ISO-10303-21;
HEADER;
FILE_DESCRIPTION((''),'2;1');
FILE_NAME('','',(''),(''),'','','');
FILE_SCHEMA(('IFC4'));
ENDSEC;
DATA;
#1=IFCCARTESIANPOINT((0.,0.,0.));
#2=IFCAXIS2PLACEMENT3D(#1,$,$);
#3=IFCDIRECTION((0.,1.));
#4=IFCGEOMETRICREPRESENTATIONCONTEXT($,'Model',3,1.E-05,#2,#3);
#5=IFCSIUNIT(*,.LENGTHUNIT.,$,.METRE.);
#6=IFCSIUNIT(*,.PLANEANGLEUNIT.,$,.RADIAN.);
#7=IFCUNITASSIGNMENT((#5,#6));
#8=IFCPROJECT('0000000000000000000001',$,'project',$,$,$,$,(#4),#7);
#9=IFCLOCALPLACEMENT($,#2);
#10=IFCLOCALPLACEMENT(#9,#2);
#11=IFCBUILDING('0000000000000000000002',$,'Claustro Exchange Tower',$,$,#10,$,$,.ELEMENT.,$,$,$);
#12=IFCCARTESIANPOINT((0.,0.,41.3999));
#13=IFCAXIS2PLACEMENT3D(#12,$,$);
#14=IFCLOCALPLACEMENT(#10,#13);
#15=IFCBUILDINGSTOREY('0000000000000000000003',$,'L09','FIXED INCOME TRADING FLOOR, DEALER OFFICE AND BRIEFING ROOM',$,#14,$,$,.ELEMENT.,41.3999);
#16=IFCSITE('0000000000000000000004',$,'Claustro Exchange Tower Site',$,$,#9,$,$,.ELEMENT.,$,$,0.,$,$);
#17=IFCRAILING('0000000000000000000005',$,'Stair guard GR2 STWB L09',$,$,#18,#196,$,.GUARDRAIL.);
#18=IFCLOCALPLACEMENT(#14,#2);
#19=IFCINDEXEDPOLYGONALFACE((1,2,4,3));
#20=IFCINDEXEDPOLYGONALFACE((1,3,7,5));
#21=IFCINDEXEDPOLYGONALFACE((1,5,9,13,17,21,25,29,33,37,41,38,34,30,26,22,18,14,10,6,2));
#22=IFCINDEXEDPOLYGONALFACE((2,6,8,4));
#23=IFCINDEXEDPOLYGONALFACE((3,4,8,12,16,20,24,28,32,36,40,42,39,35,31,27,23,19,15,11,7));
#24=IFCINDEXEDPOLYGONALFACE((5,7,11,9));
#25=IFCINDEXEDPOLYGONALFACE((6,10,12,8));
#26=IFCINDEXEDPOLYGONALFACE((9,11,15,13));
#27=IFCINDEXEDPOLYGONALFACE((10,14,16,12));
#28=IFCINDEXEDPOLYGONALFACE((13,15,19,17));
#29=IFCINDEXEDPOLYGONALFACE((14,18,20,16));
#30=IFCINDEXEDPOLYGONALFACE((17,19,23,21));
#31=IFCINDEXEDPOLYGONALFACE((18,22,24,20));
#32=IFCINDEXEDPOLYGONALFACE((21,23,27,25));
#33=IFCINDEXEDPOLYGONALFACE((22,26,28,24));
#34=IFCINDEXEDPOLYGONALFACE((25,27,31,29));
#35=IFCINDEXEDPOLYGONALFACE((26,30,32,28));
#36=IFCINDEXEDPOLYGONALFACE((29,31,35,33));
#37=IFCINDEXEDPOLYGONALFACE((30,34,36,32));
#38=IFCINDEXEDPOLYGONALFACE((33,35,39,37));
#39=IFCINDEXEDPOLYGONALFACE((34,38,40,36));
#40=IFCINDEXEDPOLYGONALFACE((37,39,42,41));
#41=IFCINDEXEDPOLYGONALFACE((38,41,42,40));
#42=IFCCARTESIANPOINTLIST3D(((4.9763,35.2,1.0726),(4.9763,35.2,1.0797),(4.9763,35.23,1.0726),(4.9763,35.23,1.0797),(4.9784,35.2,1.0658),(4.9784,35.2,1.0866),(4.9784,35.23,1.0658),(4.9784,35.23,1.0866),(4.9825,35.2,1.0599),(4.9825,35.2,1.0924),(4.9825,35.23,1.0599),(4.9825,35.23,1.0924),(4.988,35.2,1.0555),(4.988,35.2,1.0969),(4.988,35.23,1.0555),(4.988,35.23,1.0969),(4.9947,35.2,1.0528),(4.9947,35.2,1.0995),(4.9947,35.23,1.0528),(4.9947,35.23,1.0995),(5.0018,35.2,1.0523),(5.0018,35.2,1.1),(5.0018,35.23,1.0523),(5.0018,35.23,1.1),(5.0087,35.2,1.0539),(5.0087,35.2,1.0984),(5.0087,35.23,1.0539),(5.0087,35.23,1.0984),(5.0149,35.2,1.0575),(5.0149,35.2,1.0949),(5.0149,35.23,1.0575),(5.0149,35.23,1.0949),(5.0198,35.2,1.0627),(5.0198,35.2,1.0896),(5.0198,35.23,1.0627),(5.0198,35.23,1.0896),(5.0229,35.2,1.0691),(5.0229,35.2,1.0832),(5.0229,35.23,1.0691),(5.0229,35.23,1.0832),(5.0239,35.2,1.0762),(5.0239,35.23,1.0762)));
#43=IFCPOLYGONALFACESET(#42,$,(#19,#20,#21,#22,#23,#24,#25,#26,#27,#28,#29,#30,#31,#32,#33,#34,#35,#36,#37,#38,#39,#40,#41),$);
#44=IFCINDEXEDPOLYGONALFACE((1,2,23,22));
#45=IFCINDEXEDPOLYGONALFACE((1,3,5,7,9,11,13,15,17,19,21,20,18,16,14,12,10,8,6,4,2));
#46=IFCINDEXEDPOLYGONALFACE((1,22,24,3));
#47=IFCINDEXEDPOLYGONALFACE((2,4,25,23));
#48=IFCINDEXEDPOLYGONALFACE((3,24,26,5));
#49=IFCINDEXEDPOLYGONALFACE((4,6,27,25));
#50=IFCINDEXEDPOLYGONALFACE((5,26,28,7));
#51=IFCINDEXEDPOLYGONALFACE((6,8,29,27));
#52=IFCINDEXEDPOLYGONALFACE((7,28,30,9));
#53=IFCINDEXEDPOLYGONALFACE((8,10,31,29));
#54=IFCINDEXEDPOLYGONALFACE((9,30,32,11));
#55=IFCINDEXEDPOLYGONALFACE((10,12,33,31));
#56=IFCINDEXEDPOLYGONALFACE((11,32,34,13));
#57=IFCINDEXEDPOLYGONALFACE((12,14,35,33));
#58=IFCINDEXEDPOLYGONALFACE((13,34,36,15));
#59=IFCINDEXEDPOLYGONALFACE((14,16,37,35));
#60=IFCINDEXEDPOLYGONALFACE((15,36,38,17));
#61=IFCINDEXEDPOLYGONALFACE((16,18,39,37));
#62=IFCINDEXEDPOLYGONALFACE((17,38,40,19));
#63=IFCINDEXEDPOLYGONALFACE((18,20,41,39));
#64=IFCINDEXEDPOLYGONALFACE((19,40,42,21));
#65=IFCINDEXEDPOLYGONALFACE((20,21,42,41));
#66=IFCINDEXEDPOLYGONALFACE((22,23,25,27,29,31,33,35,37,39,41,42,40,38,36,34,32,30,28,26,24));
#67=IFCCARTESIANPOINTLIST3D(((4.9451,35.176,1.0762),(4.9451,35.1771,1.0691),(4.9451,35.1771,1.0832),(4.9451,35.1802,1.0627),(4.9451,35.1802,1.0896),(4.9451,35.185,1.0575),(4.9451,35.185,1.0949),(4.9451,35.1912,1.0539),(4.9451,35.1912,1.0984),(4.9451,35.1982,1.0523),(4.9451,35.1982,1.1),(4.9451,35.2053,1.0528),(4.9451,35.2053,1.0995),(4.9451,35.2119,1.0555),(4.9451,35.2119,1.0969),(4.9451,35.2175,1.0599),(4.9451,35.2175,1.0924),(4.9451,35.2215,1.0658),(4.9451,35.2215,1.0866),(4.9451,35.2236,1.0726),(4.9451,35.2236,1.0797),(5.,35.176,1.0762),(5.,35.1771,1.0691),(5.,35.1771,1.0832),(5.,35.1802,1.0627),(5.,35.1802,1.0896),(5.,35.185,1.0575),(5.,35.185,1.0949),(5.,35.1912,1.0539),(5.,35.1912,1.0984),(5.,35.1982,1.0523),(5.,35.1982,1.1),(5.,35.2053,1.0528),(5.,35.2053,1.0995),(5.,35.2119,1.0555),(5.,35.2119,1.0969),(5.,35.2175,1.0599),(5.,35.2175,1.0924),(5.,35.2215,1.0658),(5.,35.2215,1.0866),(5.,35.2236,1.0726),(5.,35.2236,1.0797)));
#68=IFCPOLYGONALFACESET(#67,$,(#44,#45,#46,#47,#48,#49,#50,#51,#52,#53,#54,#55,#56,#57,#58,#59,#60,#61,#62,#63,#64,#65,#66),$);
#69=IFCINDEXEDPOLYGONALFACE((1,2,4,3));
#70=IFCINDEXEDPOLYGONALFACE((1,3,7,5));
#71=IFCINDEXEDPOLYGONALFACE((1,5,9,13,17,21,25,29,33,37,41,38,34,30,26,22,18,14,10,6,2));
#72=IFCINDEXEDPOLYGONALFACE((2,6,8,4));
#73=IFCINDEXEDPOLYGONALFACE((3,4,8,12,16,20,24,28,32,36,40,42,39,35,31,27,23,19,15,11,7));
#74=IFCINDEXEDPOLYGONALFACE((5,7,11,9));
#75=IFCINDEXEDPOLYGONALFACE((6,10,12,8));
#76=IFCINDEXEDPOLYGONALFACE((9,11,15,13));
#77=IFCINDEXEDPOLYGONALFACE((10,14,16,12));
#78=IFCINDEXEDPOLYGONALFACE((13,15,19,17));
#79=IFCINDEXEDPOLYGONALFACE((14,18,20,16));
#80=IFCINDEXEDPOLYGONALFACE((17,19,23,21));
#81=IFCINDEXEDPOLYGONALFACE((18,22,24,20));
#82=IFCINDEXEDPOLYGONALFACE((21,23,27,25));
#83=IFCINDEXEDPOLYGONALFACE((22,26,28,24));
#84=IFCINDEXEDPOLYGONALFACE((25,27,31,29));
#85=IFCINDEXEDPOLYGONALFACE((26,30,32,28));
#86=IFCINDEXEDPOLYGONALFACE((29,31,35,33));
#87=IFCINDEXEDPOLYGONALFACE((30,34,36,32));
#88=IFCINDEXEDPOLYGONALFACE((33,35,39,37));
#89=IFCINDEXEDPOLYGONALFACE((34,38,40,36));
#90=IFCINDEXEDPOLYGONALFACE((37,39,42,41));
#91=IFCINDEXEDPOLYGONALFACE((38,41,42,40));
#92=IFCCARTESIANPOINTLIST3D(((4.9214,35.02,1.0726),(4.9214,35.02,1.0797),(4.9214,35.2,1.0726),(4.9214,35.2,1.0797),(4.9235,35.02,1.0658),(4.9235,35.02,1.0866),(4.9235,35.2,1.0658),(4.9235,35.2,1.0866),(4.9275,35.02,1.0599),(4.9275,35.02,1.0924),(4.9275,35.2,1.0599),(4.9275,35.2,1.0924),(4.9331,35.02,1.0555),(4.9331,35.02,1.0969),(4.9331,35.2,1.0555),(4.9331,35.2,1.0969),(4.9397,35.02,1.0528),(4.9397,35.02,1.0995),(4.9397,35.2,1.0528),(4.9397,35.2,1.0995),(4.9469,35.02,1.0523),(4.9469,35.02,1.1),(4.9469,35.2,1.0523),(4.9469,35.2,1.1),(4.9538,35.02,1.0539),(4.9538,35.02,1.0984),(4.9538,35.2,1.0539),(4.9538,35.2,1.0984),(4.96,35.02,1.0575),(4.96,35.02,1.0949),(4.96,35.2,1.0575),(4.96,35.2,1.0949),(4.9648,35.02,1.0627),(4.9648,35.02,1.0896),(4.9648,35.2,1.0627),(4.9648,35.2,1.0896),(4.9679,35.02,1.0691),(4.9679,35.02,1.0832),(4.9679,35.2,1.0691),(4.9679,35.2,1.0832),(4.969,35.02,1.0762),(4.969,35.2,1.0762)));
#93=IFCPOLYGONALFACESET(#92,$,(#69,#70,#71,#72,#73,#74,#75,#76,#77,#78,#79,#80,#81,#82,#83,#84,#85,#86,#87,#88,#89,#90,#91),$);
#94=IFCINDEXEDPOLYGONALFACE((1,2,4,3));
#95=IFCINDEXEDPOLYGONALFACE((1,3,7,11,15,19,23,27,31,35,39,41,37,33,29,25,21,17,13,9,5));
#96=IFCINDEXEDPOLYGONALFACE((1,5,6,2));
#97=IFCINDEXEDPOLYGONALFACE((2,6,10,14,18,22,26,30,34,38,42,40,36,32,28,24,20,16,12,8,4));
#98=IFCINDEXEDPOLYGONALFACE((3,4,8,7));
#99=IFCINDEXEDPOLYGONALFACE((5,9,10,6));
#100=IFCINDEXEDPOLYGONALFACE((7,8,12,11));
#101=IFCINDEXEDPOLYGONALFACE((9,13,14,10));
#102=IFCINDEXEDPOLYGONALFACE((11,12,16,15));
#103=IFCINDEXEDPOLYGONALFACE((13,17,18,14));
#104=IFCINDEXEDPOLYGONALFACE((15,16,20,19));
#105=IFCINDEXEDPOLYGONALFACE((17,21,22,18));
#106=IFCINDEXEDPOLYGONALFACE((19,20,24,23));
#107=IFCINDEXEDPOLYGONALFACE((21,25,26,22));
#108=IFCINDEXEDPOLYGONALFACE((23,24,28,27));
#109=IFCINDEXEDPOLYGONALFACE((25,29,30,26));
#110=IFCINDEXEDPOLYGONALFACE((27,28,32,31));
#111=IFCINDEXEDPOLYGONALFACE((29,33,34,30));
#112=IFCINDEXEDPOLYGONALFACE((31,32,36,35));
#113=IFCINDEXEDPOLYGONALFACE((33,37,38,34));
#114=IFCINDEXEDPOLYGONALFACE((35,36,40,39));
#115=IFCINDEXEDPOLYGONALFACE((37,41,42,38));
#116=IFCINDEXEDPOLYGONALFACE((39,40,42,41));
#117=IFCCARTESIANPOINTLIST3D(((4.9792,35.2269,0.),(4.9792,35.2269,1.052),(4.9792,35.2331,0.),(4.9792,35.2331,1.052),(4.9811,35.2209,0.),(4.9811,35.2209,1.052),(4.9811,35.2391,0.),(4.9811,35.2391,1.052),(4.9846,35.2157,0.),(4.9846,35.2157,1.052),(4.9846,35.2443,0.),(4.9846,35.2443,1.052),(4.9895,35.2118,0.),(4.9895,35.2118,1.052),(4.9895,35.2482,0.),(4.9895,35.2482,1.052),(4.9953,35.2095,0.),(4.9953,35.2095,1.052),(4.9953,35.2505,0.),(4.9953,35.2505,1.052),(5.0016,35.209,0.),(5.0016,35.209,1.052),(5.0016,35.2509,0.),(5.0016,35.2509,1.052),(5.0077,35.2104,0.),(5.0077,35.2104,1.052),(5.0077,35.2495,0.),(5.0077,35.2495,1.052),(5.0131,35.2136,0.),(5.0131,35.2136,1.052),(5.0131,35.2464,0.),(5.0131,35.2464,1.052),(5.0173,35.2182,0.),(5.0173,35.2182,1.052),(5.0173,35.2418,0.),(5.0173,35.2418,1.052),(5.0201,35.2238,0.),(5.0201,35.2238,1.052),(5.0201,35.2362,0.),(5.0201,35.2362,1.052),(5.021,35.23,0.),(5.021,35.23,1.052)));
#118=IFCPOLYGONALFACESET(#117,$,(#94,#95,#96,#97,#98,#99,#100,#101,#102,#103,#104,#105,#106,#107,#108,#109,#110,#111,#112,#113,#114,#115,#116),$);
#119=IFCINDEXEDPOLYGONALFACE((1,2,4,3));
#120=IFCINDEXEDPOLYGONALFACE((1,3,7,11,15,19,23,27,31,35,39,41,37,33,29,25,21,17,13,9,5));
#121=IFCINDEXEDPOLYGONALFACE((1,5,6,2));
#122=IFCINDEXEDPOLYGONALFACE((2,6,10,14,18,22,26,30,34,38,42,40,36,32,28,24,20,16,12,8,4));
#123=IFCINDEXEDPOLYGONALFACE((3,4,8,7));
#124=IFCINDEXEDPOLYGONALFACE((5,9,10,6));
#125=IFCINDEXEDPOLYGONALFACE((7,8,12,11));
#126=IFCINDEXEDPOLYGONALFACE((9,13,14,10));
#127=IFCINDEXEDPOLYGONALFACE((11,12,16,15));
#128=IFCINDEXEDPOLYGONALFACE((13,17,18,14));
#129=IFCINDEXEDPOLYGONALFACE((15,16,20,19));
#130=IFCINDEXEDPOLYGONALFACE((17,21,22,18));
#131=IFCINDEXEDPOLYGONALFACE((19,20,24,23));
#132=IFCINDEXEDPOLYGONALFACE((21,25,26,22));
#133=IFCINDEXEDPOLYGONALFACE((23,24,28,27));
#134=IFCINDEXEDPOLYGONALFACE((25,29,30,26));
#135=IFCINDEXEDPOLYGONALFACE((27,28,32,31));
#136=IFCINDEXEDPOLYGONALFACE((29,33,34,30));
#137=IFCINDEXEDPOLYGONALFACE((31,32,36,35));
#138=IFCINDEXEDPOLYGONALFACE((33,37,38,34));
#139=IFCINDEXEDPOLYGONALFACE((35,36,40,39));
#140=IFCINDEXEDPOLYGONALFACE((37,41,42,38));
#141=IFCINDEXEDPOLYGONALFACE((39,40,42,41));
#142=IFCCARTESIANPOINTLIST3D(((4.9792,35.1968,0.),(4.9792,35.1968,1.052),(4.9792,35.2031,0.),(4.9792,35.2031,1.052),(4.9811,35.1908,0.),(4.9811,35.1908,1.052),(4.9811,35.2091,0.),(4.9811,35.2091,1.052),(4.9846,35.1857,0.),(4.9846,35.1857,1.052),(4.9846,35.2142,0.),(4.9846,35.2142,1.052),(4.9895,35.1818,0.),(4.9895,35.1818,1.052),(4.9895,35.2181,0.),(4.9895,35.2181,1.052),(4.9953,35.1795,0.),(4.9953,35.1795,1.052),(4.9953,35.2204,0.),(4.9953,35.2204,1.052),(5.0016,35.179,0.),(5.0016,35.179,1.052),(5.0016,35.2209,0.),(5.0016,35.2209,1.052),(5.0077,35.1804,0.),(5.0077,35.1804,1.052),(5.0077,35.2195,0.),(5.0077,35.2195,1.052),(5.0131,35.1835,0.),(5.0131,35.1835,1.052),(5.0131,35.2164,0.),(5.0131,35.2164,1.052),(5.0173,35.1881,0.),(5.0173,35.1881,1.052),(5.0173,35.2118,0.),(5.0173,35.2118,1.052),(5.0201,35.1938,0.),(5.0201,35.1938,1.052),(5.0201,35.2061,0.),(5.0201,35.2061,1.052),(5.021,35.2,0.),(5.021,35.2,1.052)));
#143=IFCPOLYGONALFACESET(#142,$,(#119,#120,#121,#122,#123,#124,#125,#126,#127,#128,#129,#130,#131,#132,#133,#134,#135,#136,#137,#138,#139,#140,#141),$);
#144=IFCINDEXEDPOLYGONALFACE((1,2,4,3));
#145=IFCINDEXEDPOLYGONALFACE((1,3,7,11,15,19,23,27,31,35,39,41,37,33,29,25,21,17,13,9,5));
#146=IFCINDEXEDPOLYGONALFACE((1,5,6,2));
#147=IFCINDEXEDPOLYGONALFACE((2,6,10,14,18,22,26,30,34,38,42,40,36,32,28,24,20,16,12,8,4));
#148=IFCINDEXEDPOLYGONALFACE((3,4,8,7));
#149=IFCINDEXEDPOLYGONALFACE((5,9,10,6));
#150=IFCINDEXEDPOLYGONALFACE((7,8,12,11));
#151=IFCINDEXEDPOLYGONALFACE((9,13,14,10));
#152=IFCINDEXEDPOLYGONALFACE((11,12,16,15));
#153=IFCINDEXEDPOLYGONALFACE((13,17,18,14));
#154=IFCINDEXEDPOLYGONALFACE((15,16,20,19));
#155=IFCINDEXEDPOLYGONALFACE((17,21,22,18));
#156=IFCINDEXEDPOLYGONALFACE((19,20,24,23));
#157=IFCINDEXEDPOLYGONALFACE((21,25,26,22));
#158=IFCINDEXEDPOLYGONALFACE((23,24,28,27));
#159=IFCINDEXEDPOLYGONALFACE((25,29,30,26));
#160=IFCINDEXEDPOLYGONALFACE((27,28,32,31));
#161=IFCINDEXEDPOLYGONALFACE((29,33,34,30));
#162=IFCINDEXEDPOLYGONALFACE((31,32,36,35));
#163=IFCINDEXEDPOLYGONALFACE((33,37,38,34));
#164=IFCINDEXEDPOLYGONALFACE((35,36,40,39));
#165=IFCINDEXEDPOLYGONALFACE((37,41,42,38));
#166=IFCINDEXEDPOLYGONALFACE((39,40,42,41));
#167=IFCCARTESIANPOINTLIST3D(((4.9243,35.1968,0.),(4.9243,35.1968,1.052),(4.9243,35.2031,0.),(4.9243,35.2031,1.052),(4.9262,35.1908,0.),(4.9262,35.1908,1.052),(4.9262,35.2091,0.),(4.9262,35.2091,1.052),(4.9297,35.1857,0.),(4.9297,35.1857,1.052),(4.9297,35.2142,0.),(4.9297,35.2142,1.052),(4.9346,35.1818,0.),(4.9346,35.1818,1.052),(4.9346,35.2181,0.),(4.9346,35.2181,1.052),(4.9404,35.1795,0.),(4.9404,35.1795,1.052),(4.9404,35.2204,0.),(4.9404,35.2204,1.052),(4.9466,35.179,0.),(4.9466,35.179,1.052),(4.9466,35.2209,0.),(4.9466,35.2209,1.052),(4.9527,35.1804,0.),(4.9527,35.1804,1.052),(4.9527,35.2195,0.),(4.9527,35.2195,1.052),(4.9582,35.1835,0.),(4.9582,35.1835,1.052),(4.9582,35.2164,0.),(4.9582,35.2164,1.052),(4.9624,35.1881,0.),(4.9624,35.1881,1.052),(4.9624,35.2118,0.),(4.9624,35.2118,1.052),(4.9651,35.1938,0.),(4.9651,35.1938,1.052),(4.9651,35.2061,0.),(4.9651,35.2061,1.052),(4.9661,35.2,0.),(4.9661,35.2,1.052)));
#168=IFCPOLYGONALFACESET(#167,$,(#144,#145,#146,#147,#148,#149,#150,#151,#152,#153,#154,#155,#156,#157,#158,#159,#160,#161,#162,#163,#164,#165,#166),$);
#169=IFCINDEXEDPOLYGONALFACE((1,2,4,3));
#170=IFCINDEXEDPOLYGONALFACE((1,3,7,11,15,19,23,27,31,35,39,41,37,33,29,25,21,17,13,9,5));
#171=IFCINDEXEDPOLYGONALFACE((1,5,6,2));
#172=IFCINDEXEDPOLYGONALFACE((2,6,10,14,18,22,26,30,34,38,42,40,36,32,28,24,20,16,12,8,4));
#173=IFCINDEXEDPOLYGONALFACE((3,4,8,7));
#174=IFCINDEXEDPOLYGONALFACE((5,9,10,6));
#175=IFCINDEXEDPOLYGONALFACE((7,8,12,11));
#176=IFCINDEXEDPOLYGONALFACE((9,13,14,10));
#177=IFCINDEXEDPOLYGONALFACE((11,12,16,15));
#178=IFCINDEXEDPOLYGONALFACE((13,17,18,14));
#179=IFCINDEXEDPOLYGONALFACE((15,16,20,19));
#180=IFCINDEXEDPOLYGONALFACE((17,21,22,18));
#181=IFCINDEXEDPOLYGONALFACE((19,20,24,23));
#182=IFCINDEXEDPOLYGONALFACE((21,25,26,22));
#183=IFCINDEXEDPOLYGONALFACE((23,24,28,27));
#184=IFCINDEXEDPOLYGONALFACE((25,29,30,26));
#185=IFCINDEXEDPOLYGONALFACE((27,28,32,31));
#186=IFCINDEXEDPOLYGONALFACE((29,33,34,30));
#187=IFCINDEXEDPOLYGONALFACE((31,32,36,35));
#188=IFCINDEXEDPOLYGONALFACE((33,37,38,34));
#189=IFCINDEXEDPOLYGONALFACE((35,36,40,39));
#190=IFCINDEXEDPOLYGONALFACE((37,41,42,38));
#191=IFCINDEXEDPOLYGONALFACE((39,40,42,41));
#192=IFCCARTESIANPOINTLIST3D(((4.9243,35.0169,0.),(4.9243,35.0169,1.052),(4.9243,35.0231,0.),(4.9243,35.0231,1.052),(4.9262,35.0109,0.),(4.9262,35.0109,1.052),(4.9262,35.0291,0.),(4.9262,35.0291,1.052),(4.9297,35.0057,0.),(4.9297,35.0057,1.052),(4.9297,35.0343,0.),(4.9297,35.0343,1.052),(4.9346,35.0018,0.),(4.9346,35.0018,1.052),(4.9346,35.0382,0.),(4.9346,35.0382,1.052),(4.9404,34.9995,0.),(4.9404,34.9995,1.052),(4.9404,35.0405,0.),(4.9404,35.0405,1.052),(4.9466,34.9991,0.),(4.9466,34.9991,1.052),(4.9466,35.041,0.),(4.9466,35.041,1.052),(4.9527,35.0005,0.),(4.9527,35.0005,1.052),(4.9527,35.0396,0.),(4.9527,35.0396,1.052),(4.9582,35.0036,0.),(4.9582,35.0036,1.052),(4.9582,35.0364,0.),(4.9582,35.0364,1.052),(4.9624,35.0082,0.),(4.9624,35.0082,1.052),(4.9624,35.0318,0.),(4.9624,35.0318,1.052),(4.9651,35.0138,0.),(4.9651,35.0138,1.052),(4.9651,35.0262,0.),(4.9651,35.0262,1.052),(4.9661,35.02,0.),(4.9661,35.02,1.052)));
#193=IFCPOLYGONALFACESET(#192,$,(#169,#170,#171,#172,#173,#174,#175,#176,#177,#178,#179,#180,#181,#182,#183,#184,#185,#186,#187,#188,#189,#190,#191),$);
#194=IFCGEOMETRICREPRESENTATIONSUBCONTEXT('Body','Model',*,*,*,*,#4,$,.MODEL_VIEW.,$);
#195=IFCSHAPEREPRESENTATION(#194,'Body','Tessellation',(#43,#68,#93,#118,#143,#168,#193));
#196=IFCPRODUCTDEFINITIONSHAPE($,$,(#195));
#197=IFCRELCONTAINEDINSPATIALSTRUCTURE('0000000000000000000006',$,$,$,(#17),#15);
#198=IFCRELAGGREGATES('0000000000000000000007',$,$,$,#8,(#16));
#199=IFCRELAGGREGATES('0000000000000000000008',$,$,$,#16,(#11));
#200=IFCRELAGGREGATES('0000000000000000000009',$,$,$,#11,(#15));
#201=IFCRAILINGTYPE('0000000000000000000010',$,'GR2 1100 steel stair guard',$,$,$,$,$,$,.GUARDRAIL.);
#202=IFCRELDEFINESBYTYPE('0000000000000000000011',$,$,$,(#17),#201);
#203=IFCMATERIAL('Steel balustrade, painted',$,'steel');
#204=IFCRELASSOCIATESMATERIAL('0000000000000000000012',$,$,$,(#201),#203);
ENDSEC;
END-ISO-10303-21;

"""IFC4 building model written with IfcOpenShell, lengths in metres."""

from ifc_helpers import new_model, si_unit, direction, frame, origin, origin_2d, place, context, subcontext, project, spatial, circle, extrude, material, type_object, element, save


model = new_model("IFC4")

# Units and contexts
model_context = context("Model", 3, precision=1e-05, world=origin(), true_north=direction((0.0, 1.0)))
body_context = subcontext(model_context, "Body", "Model", "MODEL_VIEW")
ifc_project = project(units=[si_unit("LENGTHUNIT", "METRE"), si_unit("PLANEANGLEUNIT", "RADIAN")], contexts=[model_context])

# Site, building, storey
site_placement = place(None, origin())
site = spatial("IfcSite", under=ifc_project, at=site_placement, Name="Claustro Exchange Tower Site", CompositionType="ELEMENT", RefElevation=0.0)
building_placement = place(site_placement, origin())
building = spatial("IfcBuilding", under=site, at=building_placement, Name="Claustro Exchange Tower", CompositionType="ELEMENT")
storey_placement = place(building_placement, frame((0.0, 0.0, 41.3999)))
storey = spatial("IfcBuildingStorey", under=building, at=storey_placement, Name="L09", Description="FIXED INCOME TRADING FLOOR, DEALER OFFICE AND BRIEFING ROOM", CompositionType="ELEMENT", Elevation=41.3999)

# Railing
ifc_material_1 = material(Name="Steel balustrade, painted", Category="steel")
railing_type_1 = type_object("IfcRailingType", Name="GR2 1100 steel stair guard", PredefinedType="GUARDRAIL", material=ifc_material_1)
railing_1_placement = place(storey_placement, frame((5.0, 35.23, 0.0)))
element("IfcRailing", 1, at=railing_1_placement, inside=storey, type_object=railing_type_1, Name="Stair guard GR2 STWB L09", PredefinedType="GUARDRAIL", context=body_context, shape_type="SweptSolid", body=[
    extrude(circle(Radius=0.0239, at=origin_2d()), frame((0.0, 0.0, 1.0762), z_axis=(0.0, -1.0, 0.0), x_axis=(1.0, 0.0, 0.0)), (0.0, 0.0, 1.0), 0.03),
    extrude(circle(Radius=0.0239, at=origin_2d()), frame((0.0, -0.03, 1.0762), z_axis=(-1.0, 0.0, 0.0), x_axis=(0.0, -1.0, 0.0)), (0.0, 0.0, 1.0), 0.0549),
    extrude(circle(Radius=0.0239, at=origin_2d()), frame((-0.0549, -0.03, 1.0762), z_axis=(0.0, -1.0, 0.0), x_axis=(1.0, 0.0, 0.0)), (0.0, 0.0, 1.0), 0.1799),
    extrude(circle(Radius=0.021, at=origin_2d()), origin(), (0.0, 0.0, 1.0), 1.052),
    extrude(circle(Radius=0.021, at=origin_2d()), frame((0.0, -0.03, 0.0)), (0.0, 0.0, 1.0), 1.052),
    extrude(circle(Radius=0.021, at=origin_2d()), frame((-0.0549, -0.03, 0.0)), (0.0, 0.0, 1.0), 1.052),
    extrude(circle(Radius=0.021, at=origin_2d()), frame((-0.0549, -0.21, 0.0)), (0.0, 0.0, 1.0), 1.052),
])

save(model, "model.ifc")
